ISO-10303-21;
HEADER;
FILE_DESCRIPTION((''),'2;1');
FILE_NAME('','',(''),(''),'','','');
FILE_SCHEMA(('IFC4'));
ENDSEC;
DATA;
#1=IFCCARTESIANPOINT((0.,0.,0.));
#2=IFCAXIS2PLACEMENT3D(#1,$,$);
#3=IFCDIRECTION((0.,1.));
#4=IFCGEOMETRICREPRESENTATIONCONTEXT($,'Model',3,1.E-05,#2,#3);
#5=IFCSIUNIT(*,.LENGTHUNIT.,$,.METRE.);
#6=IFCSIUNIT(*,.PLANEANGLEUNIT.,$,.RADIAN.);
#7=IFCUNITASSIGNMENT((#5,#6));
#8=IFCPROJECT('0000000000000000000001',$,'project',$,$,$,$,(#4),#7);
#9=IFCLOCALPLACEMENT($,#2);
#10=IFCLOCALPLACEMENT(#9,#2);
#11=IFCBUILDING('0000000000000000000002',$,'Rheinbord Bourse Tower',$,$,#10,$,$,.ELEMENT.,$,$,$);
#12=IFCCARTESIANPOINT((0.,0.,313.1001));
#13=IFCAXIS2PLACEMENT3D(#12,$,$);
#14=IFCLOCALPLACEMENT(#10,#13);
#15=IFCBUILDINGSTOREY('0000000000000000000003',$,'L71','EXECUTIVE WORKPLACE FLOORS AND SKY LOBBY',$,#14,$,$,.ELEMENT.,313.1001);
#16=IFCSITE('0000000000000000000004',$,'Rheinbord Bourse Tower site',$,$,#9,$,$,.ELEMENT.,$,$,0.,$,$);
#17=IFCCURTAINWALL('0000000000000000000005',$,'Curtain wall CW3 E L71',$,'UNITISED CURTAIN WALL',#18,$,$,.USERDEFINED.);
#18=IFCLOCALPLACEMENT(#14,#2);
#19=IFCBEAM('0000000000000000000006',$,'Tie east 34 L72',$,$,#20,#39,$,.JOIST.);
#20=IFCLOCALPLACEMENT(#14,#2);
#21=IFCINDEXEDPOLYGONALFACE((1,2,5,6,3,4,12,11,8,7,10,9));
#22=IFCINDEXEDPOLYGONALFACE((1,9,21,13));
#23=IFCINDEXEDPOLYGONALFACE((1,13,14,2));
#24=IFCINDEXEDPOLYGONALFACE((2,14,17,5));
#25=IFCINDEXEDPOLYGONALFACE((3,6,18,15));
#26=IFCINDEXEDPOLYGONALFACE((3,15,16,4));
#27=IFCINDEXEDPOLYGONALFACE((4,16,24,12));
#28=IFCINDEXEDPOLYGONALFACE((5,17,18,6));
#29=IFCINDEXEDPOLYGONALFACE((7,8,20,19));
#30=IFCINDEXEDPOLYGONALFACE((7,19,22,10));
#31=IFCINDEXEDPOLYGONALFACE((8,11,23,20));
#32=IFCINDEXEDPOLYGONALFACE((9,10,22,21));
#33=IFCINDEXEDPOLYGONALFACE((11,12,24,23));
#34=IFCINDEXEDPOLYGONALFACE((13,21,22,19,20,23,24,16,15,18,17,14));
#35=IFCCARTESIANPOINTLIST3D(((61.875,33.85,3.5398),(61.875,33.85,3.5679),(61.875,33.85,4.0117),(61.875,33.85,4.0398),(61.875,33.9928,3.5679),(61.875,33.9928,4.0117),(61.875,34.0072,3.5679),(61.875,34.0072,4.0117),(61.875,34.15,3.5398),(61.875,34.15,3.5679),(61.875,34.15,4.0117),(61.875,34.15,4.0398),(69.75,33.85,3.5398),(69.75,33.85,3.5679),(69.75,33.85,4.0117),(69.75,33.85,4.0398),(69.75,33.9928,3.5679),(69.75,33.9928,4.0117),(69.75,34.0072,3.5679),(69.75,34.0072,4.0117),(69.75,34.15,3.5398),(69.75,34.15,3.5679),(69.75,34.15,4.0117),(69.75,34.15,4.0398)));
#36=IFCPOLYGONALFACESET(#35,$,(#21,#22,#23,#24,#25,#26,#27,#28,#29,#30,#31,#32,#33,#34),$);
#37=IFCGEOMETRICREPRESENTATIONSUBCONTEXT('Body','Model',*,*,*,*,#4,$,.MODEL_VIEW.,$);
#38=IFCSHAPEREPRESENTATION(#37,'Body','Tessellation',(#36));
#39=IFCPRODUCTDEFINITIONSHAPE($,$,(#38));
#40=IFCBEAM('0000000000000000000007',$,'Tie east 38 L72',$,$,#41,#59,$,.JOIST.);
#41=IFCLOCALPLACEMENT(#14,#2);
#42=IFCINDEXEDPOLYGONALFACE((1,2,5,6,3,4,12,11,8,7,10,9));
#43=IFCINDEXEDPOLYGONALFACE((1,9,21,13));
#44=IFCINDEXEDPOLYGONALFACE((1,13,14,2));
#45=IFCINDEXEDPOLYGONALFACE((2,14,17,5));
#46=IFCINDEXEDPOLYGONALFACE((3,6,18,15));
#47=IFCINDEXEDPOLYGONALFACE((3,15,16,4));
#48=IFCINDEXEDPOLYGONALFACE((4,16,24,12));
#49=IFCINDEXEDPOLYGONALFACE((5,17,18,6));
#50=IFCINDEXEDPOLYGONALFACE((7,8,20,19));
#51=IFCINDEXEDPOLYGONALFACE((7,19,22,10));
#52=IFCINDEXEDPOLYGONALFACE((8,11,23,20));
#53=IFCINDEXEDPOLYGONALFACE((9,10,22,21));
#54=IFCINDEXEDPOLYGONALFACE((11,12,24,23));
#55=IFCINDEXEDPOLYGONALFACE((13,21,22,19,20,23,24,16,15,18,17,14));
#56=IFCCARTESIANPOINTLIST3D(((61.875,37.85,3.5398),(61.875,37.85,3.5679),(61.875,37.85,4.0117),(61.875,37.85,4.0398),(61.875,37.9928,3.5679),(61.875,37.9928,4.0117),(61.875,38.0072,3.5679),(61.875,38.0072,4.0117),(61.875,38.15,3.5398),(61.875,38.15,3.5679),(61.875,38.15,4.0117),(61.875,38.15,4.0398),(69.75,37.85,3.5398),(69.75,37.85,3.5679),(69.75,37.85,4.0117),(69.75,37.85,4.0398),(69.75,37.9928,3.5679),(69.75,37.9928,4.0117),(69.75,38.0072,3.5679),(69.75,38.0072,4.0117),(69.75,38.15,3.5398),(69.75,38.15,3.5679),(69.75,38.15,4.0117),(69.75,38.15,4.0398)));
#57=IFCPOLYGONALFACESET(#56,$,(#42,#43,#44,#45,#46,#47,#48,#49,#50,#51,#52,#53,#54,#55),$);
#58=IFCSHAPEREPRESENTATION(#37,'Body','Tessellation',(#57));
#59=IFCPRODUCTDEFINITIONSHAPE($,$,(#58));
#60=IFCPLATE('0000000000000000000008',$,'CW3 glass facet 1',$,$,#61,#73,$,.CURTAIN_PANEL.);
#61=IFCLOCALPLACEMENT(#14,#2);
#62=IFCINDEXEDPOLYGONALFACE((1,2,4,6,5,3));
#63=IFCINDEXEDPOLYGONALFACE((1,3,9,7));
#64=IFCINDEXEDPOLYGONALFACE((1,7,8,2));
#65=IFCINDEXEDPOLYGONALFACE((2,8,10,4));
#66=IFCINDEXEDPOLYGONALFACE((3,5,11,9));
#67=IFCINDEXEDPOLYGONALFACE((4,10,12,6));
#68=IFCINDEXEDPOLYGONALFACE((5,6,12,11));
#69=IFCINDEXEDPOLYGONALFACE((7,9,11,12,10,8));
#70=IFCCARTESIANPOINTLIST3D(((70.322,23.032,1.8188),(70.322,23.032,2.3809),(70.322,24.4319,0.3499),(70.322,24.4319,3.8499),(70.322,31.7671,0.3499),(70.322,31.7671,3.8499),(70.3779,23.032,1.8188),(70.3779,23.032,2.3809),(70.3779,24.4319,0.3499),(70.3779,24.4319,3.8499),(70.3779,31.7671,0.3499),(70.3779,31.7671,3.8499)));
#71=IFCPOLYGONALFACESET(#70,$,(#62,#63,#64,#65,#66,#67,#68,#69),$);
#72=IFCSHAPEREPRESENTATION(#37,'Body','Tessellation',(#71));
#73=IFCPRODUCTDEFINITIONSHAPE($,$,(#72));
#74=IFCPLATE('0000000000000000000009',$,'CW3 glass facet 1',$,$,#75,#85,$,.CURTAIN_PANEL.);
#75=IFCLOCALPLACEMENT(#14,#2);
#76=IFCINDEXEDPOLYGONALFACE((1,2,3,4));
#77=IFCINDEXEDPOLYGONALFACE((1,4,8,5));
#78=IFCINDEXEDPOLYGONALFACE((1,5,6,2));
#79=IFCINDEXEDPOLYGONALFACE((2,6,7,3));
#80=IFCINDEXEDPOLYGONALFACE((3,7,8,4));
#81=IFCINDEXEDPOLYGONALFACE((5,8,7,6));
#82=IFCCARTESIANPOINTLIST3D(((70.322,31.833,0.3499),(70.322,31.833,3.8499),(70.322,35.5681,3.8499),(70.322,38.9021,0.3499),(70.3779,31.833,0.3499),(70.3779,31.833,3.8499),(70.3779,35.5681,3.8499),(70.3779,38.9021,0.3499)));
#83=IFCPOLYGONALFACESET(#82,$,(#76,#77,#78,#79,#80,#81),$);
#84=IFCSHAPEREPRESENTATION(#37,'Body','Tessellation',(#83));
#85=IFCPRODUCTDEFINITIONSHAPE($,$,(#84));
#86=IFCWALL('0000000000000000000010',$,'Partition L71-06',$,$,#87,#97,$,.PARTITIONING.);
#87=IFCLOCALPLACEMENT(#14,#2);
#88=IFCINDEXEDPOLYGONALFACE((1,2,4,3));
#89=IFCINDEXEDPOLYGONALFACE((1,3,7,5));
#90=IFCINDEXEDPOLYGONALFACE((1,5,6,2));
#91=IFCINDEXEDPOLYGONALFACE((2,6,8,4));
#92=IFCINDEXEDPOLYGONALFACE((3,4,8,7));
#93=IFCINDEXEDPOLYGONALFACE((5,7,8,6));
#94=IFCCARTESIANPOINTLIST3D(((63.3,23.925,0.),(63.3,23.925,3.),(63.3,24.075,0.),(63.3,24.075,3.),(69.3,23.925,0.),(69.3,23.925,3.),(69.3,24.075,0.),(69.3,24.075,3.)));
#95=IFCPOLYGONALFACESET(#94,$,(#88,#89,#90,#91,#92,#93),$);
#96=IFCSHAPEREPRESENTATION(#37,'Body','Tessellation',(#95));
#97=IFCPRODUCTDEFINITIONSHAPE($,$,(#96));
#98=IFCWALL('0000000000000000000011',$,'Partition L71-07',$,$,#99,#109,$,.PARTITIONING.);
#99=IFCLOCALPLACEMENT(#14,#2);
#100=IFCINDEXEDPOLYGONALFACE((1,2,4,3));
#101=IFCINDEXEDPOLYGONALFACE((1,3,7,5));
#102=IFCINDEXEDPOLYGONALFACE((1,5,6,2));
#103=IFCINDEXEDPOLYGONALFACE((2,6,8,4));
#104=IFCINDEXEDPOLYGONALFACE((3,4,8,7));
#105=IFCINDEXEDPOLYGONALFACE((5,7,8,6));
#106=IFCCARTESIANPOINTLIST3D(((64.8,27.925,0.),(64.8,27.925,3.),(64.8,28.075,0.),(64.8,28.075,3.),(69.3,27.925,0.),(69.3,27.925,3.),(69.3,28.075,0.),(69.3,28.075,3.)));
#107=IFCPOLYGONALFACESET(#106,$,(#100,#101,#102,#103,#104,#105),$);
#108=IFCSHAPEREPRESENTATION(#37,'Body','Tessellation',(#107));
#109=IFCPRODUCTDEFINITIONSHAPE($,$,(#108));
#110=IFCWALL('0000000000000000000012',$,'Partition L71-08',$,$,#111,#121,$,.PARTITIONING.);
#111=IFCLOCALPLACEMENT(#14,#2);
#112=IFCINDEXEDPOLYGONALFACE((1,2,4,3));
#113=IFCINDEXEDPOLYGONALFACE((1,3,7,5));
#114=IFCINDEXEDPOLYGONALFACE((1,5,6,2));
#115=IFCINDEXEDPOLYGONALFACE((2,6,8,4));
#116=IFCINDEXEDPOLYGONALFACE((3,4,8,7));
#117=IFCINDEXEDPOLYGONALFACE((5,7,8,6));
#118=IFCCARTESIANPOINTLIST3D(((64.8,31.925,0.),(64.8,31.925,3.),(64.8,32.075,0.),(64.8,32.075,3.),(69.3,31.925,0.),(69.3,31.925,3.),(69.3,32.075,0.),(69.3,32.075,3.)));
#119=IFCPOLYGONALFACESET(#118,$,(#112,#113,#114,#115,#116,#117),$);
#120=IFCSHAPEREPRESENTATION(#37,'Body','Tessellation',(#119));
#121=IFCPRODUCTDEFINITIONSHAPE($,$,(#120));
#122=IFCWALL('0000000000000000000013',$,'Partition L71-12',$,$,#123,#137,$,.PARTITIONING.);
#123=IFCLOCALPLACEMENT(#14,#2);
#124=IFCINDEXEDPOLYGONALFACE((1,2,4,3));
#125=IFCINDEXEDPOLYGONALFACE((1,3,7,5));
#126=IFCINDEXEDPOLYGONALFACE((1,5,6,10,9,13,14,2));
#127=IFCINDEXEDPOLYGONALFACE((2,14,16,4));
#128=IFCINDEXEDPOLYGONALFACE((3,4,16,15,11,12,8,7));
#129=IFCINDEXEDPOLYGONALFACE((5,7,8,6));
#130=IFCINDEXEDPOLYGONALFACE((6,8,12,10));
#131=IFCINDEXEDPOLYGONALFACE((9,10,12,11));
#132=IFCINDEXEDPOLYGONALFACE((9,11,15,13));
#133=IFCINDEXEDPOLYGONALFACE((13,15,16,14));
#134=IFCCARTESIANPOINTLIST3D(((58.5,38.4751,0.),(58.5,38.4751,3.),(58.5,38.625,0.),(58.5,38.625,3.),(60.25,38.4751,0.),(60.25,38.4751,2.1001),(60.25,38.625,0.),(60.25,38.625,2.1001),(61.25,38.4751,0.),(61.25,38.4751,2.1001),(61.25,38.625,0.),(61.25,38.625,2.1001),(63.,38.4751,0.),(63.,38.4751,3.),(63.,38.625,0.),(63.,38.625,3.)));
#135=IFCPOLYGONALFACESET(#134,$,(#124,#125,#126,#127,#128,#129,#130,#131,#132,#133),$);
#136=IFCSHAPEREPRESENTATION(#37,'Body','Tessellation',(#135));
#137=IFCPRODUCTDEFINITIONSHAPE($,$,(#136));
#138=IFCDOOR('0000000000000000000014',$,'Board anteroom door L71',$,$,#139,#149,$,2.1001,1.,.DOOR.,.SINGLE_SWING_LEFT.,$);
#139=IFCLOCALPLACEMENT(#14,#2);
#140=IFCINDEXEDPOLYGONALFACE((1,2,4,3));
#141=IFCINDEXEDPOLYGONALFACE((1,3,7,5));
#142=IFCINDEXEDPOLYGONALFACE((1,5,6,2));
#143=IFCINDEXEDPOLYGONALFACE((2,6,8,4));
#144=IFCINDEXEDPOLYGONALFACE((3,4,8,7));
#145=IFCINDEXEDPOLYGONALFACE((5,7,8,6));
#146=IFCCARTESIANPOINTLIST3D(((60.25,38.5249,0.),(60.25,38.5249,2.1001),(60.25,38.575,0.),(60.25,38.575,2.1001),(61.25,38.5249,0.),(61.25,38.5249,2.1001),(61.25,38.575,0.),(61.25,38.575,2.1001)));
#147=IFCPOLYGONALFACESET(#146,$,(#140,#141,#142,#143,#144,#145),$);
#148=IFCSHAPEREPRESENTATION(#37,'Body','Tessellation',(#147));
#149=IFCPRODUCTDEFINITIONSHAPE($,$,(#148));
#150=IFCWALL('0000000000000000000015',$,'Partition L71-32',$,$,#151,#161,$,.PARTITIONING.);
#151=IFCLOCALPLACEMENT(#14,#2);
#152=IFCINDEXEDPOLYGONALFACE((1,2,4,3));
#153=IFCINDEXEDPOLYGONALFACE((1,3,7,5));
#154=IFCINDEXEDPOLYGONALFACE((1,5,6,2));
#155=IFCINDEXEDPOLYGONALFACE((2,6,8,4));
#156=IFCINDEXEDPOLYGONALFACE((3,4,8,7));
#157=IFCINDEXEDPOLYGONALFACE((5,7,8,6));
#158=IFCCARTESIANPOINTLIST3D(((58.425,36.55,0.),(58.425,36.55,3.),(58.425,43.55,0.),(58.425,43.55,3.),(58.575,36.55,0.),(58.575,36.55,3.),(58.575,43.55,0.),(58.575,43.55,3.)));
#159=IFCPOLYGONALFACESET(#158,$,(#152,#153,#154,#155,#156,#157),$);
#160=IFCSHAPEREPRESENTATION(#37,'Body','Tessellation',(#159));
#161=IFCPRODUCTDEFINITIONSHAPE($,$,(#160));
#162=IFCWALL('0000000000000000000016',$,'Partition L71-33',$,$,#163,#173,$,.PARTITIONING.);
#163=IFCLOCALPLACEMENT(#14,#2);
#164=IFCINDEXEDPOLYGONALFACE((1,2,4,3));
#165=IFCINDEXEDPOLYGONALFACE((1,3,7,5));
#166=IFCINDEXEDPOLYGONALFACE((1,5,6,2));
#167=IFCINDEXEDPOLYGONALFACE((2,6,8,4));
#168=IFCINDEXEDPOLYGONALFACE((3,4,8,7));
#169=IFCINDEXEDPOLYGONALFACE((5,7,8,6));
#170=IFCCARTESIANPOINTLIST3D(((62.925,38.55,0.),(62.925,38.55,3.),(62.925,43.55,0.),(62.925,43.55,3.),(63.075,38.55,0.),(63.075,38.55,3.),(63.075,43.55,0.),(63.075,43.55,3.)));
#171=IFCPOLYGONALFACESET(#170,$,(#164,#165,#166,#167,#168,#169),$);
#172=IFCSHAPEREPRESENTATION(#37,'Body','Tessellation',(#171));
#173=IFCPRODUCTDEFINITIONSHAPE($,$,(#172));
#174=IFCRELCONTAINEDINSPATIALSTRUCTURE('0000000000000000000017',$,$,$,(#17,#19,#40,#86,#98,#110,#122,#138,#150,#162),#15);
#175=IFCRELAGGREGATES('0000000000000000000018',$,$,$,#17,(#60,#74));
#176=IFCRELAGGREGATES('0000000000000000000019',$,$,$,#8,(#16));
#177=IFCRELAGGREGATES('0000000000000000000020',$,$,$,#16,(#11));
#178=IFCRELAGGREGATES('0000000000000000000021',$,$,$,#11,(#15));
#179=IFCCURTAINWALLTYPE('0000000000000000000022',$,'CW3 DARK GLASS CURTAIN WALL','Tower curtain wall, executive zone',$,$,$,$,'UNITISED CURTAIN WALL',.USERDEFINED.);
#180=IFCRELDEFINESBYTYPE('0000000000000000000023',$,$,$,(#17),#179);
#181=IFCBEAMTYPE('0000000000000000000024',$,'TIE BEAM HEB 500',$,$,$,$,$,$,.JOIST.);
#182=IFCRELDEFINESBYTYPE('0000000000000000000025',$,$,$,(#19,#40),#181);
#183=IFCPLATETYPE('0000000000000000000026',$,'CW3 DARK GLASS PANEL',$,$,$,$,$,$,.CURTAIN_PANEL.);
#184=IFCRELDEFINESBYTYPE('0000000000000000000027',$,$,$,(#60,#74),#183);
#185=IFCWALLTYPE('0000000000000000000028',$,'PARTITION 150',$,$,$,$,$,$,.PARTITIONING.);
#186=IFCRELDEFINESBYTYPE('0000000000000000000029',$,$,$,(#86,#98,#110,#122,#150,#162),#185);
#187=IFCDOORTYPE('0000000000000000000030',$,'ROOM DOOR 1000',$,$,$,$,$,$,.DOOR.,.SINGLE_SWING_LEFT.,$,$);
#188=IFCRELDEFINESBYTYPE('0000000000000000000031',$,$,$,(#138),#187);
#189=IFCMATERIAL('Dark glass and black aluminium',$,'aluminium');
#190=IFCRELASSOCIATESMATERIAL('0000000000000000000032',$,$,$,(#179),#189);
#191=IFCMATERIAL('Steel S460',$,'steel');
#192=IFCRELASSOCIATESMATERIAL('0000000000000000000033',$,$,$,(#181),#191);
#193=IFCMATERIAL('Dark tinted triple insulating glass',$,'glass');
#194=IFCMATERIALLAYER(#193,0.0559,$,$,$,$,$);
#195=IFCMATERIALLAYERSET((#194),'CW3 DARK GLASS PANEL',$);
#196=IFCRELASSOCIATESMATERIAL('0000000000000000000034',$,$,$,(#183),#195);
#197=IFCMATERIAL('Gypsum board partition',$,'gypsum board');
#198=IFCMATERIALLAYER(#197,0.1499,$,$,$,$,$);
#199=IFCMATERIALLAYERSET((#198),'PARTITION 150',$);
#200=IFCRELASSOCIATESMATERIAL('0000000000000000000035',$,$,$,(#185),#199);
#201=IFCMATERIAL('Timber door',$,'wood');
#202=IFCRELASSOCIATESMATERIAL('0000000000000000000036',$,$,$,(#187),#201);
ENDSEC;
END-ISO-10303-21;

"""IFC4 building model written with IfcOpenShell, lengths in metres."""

from ifc_helpers import new_model, si_unit, direction, frame, frame_2d, origin, origin_2d, place, context, subcontext, project, spatial, polyline, rectangle, i_section, outline, extrude, material, layer, layer_set, material_profile, profile_set, type_object, element, fill, aggregate, save


model = new_model("IFC4")

# Units and contexts
model_context = context("Model", 3, precision=1e-05, world=origin(), true_north=direction((0.0, 1.0)))
body_context = subcontext(model_context, "Body", "Model", "MODEL_VIEW")
ifc_project = project(units=[si_unit("LENGTHUNIT", "METRE"), si_unit("PLANEANGLEUNIT", "RADIAN")], contexts=[model_context])

# Site, building, storey
site_placement = place(None, origin())
site = spatial("IfcSite", under=ifc_project, at=site_placement, Name="Rheinbord Bourse Tower site", CompositionType="ELEMENT", RefElevation=0.0)
building_placement = place(site_placement, origin())
building = spatial("IfcBuilding", under=site, at=building_placement, Name="Rheinbord Bourse Tower", CompositionType="ELEMENT")
storey_placement = place(building_placement, frame((0.0, 0.0, 313.1001)))
storey = spatial("IfcBuildingStorey", under=building, at=storey_placement, Name="L71", Description="EXECUTIVE WORKPLACE FLOORS AND SKY LOBBY", CompositionType="ELEMENT", Elevation=313.1001)

# Curtain wall
ifc_material_1 = material(Name="Dark glass and black aluminium", Category="aluminium")
curtain_wall_type = type_object("IfcCurtainWallType", Name="CW3 DARK GLASS CURTAIN WALL", Description="Tower curtain wall, executive zone", ElementType="UNITISED CURTAIN WALL", PredefinedType="USERDEFINED", material=ifc_material_1)
curtain_wall_placement = place(storey_placement, origin())
curtain_wall = element("IfcCurtainWall", 1, at=curtain_wall_placement, inside=storey, type_object=curtain_wall_type, Name="Curtain wall CW3 E L71", ObjectType="UNITISED CURTAIN WALL", PredefinedType="USERDEFINED")

# Beams
ifc_material_2 = material(Name="Steel S460", Category="steel")
ifc_material_profile_1 = material_profile(ifc_material_2, i_section(OverallWidth=0.3, OverallDepth=0.5, WebThickness=0.0144, FlangeThickness=0.0281, at=origin_2d()), Name="HEB 500")
ifc_profile_set_1 = profile_set([ifc_material_profile_1], Name="Steel S460")
beam_type_1 = type_object("IfcBeamType", Name="TIE BEAM HEB 500", PredefinedType="JOIST", material=ifc_profile_set_1)
for number, where, z_axis, x_axis, name in (
    (2, (61.875, 34.0, 3.7898), (1.0, 0.0, 0.0), (0.0, 1.0, 0.0), "Tie east 34 L72"),
    (3, (61.875, 38.0, 3.7898), (1.0, 0.0, 0.0), (0.0, 1.0, 0.0), "Tie east 38 L72"),
):
    element("IfcBeam", number, at=place(storey_placement, frame(where, z_axis=z_axis, x_axis=x_axis)), inside=storey, type_object=beam_type_1, Name=name, PredefinedType="JOIST", context=body_context, shape_type="SweptSolid", body=[
        extrude(i_section(OverallWidth=0.3, OverallDepth=0.5, WebThickness=0.0144, FlangeThickness=0.0281, at=origin_2d()), origin(), (0.0, 0.0, 1.0), 7.875),
    ])

# Plates
ifc_material_3 = material(Name="Dark tinted triple insulating glass", Category="glass")
ifc_layer_1 = layer(ifc_material_3, 0.0559)
ifc_layer_set_1 = layer_set([ifc_layer_1], Name="CW3 DARK GLASS PANEL")
plate_type = type_object("IfcPlateType", Name="CW3 DARK GLASS PANEL", PredefinedType="CURTAIN_PANEL", material=ifc_layer_set_1)
plate_1_placement = place(storey_placement, frame((70.3779, 31.7671, 3.8499), z_axis=(-1.0, 0.0, 0.0), x_axis=(0.0, 0.0, -1.0)))
plate_1 = element("IfcPlate", 4, at=plate_1_placement, type_object=plate_type, Name="CW3 glass facet 1", PredefinedType="CURTAIN_PANEL", context=body_context, shape_type="SweptSolid", body=[
    extrude(outline(polyline([(0.0, 0.0), (3.5, 0.0), (3.5, 7.3352), (2.031, 8.7351), (1.469, 8.7351), (0.0, 7.3352), (0.0, 0.0)])), origin(), (0.0, 0.0, 1.0), 0.0559),
])
plate_2_placement = place(storey_placement, frame((70.3779, 31.833, 0.3499), z_axis=(-1.0, 0.0, 0.0), x_axis=(0.0, 0.0, 1.0)))
plate_2 = element("IfcPlate", 5, at=plate_2_placement, type_object=plate_type, Name="CW3 glass facet 1", PredefinedType="CURTAIN_PANEL", context=body_context, shape_type="SweptSolid", body=[
    extrude(outline(polyline([(0.0, 0.0), (3.5, 0.0), (3.5, 3.7351), (0.0, 7.0691), (0.0, 0.0)])), origin(), (0.0, 0.0, 1.0), 0.0559),
])
aggregate(curtain_wall, [plate_1, plate_2])

# Walls
ifc_material_4 = material(Name="Gypsum board partition", Category="gypsum board")
ifc_layer_2 = layer(ifc_material_4, 0.1499)
ifc_layer_set_2 = layer_set([ifc_layer_2], Name="PARTITION 150")
wall_type = type_object("IfcWallType", Name="PARTITION 150", PredefinedType="PARTITIONING", material=ifc_layer_set_2)
wall_1_placement = place(storey_placement, frame((63.3, 24.0, 0.0), z_axis=(0.0, 0.0, 1.0), x_axis=(1.0, 0.0, 0.0)))
element("IfcWall", 6, at=wall_1_placement, inside=storey, type_object=wall_type, Name="Partition L71-06", PredefinedType="PARTITIONING", context=body_context, shape_type="SweptSolid", body=[
    extrude(rectangle(XDim=6.0, YDim=0.1499, at=frame_2d((3.0, 0.0))), origin(), (0.0, 0.0, 1.0), 3.0),
])
for number, where, z_axis, x_axis, name in (
    (7, (64.8, 28.0, 0.0), (0.0, 0.0, 1.0), (1.0, 0.0, 0.0), "Partition L71-07"),
    (8, (64.8, 32.0, 0.0), (0.0, 0.0, 1.0), (1.0, 0.0, 0.0), "Partition L71-08"),
):
    element("IfcWall", number, at=place(storey_placement, frame(where, z_axis=z_axis, x_axis=x_axis)), inside=storey, type_object=wall_type, Name=name, PredefinedType="PARTITIONING", context=body_context, shape_type="SweptSolid", body=[
        extrude(rectangle(XDim=4.5, YDim=0.1499, at=frame_2d((2.25, 0.0))), origin(), (0.0, 0.0, 1.0), 3.0),
    ])

# Wall, opening, door
wall_2_placement = place(storey_placement, frame((58.5, 38.55, 0.0), z_axis=(0.0, 0.0, 1.0), x_axis=(1.0, 0.0, 0.0)))
wall_2 = element("IfcWall", 9, at=wall_2_placement, inside=storey, type_object=wall_type, Name="Partition L71-12", PredefinedType="PARTITIONING", context=body_context, shape_type="SweptSolid", body=[
    extrude(rectangle(XDim=4.5, YDim=0.1499, at=frame_2d((2.25, 0.0))), origin(), (0.0, 0.0, 1.0), 3.0),
])
opening_1_placement = place(wall_2_placement, frame((1.75, 0.0, 0.0)))
opening_1 = element("IfcOpeningElement", 10, at=opening_1_placement, cuts=wall_2, PredefinedType="OPENING", context=body_context, shape_type="SweptSolid", body=[
    extrude(rectangle(XDim=1.0, YDim=2.1001, at=frame_2d((0.5, 1.05))), frame((0.0, 0.085, 0.0), z_axis=(0.0, -1.0, 0.0), x_axis=(1.0, 0.0, 0.0)), (0.0, 0.0, 1.0), 0.1699),
])
ifc_material_5 = material(Name="Timber door", Category="wood")
door_type = type_object("IfcDoorType", Name="ROOM DOOR 1000", OperationType="SINGLE_SWING_LEFT", PredefinedType="DOOR", material=ifc_material_5)
door_1_placement = place(opening_1_placement, origin())
door_1 = element("IfcDoor", 11, at=door_1_placement, inside=storey, type_object=door_type, Name="Board anteroom door L71", OperationType="SINGLE_SWING_LEFT", OverallHeight=2.1001, OverallWidth=1.0, PredefinedType="DOOR", context=body_context, shape_type="SweptSolid", body=[
    extrude(rectangle(XDim=1.0, YDim=2.1001, at=frame_2d((0.5, 1.05))), frame((0.0, 0.0249, 0.0), z_axis=(0.0, -1.0, 0.0), x_axis=(1.0, 0.0, 0.0)), (0.0, 0.0, 1.0), 0.05),
])
fill(opening_1, door_1)

# Walls
wall_3_placement = place(storey_placement, frame((58.5, 36.55, 0.0), z_axis=(0.0, 0.0, 1.0), x_axis=(0.0, 1.0, 0.0)))
element("IfcWall", 12, at=wall_3_placement, inside=storey, type_object=wall_type, Name="Partition L71-32", PredefinedType="PARTITIONING", context=body_context, shape_type="SweptSolid", body=[
    extrude(rectangle(XDim=7.0, YDim=0.1499, at=frame_2d((3.5, 0.0))), origin(), (0.0, 0.0, 1.0), 3.0),
])
wall_4_placement = place(storey_placement, frame((63.0, 38.55, 0.0), z_axis=(0.0, 0.0, 1.0), x_axis=(0.0, 1.0, 0.0)))
element("IfcWall", 13, at=wall_4_placement, inside=storey, type_object=wall_type, Name="Partition L71-33", PredefinedType="PARTITIONING", context=body_context, shape_type="SweptSolid", body=[
    extrude(rectangle(XDim=5.0, YDim=0.1499, at=frame_2d((2.5, 0.0))), origin(), (0.0, 0.0, 1.0), 3.0),
])

save(model, "model.ifc")
